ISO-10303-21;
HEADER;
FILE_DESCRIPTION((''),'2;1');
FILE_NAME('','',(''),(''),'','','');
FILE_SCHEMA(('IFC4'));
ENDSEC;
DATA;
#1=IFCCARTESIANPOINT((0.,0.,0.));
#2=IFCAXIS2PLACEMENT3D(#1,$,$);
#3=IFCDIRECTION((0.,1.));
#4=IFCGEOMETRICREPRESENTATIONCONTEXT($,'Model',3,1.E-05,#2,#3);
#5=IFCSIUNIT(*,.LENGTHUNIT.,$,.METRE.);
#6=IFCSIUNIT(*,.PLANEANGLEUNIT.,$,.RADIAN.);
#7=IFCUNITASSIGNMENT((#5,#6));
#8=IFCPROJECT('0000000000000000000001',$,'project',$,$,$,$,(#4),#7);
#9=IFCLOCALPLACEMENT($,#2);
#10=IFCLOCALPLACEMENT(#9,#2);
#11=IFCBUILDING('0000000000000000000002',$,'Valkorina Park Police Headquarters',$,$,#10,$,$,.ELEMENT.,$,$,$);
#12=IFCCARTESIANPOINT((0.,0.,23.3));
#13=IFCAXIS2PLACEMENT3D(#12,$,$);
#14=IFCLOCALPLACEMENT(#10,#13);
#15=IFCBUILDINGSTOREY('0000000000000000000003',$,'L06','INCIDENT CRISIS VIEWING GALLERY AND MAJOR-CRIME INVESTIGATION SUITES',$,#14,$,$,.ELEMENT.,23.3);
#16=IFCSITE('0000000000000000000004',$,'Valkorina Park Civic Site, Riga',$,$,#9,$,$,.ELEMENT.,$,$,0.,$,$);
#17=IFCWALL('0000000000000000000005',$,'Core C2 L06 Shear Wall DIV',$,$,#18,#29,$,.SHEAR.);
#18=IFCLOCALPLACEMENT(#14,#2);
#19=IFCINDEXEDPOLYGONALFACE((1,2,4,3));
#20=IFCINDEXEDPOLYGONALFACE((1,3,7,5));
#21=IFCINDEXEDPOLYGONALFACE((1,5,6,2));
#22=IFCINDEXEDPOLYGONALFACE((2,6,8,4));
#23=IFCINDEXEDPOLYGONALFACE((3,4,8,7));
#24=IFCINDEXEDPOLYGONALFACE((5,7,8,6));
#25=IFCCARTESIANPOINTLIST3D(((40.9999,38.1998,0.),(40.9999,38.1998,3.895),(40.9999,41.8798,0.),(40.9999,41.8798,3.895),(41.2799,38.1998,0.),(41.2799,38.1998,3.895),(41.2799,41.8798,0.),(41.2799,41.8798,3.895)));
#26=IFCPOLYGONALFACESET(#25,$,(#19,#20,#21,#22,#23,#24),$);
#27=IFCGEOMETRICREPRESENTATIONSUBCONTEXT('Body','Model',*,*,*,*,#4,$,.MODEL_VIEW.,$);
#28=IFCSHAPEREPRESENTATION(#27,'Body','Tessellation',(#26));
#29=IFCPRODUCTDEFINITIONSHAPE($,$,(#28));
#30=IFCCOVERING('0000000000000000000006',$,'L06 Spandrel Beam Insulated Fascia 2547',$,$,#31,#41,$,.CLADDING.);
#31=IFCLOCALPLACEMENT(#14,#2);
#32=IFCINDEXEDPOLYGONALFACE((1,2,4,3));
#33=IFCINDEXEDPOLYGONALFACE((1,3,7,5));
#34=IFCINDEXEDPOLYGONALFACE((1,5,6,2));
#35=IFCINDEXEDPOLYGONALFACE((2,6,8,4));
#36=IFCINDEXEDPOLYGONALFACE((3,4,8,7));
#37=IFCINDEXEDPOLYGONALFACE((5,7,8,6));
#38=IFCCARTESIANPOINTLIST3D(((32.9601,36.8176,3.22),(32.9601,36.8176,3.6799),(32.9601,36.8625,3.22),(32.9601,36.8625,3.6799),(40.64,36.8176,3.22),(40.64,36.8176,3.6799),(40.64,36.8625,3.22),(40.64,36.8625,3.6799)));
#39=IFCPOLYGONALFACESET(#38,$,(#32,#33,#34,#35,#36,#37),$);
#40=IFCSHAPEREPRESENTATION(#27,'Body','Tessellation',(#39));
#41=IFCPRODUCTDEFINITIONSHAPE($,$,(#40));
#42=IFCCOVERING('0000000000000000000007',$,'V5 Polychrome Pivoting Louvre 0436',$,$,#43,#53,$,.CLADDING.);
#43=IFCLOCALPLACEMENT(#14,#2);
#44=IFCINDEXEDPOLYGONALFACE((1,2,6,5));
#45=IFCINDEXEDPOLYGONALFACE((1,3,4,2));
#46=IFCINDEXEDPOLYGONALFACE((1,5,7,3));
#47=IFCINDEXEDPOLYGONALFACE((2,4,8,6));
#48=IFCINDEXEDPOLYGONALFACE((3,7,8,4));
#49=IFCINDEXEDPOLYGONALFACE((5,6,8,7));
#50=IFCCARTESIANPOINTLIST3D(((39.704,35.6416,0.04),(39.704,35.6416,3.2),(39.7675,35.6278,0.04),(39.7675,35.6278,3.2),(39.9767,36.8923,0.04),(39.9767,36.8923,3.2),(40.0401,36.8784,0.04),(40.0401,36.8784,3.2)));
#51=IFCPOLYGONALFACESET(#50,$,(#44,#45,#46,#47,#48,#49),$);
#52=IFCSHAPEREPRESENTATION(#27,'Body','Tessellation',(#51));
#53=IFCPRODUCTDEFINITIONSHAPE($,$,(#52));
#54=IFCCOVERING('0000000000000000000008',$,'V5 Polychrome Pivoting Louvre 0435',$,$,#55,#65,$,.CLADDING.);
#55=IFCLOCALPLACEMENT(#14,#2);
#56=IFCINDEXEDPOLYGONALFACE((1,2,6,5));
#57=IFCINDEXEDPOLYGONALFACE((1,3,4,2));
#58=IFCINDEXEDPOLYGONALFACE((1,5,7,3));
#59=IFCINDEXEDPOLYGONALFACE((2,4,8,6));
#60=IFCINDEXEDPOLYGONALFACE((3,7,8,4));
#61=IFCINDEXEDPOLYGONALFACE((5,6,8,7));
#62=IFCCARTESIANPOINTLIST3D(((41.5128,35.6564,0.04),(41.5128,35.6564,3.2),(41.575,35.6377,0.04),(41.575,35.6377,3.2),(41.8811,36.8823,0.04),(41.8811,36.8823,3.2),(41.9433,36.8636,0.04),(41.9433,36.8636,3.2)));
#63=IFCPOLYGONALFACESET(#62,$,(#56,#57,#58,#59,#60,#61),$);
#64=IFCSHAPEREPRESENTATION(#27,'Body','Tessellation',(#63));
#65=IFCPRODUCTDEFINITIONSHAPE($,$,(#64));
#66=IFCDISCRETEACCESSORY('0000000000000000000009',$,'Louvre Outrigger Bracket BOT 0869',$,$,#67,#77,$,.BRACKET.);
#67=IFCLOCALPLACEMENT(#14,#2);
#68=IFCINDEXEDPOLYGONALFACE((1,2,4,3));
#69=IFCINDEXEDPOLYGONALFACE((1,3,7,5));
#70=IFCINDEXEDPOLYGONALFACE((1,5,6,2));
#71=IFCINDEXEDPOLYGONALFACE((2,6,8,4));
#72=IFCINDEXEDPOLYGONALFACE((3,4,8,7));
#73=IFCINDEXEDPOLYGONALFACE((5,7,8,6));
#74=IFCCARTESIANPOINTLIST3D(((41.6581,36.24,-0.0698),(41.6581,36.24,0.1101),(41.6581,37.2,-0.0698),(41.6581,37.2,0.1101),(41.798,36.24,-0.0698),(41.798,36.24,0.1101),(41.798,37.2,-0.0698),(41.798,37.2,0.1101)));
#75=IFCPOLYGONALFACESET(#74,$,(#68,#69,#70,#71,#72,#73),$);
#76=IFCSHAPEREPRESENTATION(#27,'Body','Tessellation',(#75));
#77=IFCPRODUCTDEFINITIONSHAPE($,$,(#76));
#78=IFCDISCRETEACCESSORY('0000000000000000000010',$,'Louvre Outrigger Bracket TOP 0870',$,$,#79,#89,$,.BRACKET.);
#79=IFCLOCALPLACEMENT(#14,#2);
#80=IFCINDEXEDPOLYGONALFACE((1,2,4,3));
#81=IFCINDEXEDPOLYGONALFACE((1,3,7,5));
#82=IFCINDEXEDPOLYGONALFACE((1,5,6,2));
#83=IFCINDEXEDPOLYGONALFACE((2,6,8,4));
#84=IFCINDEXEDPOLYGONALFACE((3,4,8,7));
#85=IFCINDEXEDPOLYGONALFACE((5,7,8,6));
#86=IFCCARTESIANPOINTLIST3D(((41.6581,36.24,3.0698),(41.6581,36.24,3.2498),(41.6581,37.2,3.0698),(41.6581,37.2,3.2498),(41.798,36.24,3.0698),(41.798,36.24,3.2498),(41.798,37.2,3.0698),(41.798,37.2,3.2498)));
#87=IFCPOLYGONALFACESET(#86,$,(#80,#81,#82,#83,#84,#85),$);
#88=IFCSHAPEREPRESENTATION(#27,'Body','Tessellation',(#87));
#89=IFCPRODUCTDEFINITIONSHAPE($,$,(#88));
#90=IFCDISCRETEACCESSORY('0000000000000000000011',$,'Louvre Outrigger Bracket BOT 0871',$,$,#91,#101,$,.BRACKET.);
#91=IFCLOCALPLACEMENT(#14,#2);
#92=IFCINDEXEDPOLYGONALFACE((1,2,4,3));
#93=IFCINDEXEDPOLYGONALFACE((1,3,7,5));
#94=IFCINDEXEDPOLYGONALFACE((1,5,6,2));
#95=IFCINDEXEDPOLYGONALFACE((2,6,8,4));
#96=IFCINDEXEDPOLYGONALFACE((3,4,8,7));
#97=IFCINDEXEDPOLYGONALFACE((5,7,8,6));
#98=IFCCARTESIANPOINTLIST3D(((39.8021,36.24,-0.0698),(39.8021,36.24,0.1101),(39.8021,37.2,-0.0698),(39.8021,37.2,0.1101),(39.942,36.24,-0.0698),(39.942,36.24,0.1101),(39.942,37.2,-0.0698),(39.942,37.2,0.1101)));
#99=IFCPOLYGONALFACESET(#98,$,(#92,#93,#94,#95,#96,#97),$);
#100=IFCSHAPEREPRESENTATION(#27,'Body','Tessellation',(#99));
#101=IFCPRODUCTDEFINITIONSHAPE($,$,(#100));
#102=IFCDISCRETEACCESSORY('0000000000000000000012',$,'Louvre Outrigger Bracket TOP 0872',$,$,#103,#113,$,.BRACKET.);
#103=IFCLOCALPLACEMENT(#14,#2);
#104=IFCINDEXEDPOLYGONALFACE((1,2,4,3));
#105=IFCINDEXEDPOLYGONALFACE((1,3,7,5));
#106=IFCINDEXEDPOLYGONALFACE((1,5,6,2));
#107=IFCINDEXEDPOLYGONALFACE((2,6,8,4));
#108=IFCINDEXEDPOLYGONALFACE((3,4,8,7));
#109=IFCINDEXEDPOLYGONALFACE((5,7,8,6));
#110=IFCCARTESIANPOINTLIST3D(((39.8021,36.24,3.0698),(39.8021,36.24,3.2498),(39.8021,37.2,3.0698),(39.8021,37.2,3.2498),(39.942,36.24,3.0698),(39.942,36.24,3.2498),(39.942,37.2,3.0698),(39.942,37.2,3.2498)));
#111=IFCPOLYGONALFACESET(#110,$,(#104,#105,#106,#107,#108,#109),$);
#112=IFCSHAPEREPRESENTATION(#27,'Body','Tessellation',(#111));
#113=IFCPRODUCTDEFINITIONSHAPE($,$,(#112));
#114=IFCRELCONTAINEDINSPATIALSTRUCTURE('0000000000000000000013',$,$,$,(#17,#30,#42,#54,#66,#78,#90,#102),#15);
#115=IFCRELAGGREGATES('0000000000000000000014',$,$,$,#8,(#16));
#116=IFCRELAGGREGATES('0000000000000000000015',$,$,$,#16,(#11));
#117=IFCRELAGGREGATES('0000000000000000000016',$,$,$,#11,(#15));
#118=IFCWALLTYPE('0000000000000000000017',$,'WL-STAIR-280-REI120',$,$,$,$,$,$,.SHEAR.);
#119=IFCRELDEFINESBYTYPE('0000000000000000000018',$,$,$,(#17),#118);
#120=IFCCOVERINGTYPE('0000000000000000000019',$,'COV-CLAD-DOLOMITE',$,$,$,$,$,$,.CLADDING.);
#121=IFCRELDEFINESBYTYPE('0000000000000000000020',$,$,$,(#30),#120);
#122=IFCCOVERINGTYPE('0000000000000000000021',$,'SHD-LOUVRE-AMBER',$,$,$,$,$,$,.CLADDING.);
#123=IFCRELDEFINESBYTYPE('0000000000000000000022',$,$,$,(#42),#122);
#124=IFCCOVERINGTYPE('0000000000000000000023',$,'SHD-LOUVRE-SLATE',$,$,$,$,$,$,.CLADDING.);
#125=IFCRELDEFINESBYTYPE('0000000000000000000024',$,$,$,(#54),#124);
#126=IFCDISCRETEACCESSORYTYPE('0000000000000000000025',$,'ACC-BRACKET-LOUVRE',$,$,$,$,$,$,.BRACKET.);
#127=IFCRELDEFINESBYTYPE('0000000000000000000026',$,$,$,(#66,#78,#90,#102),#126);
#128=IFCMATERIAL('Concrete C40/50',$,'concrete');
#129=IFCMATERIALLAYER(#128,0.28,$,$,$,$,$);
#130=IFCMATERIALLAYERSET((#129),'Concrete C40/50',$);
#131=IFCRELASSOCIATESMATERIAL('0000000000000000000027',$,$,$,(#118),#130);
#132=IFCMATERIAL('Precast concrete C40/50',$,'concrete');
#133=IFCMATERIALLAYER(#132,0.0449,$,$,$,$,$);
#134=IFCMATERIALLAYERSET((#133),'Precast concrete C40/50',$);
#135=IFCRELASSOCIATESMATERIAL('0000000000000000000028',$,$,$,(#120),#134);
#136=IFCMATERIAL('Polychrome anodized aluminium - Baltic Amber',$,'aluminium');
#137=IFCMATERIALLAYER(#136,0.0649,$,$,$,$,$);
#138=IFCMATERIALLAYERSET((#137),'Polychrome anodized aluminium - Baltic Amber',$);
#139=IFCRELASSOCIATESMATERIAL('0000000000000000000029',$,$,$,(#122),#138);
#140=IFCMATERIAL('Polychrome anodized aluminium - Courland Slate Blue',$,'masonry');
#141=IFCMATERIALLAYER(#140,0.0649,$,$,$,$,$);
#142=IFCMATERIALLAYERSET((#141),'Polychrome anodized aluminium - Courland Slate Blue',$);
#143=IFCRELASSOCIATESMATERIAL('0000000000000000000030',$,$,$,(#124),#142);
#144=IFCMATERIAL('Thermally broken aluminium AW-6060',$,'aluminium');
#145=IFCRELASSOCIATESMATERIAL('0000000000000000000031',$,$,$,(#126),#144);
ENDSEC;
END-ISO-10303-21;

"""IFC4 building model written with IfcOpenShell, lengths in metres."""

from ifc_helpers import new_model, si_unit, direction, frame, frame_2d, origin, origin_2d, place, context, subcontext, project, spatial, rectangle, extrude, material, layer, layer_set, type_object, element, save


model = new_model("IFC4")

# Units and contexts
model_context = context("Model", 3, precision=1e-05, world=origin(), true_north=direction((0.0, 1.0)))
body_context = subcontext(model_context, "Body", "Model", "MODEL_VIEW")
ifc_project = project(units=[si_unit("LENGTHUNIT", "METRE"), si_unit("PLANEANGLEUNIT", "RADIAN")], contexts=[model_context])

# Site, building, storey
site_placement = place(None, origin())
site = spatial("IfcSite", under=ifc_project, at=site_placement, Name="Valkorina Park Civic Site, Riga", CompositionType="ELEMENT", RefElevation=0.0)
building_placement = place(site_placement, origin())
building = spatial("IfcBuilding", under=site, at=building_placement, Name="Valkorina Park Police Headquarters", CompositionType="ELEMENT")
storey_placement = place(building_placement, frame((0.0, 0.0, 23.3)))
storey = spatial("IfcBuildingStorey", under=building, at=storey_placement, Name="L06", Description="INCIDENT CRISIS VIEWING GALLERY AND MAJOR-CRIME INVESTIGATION SUITES", CompositionType="ELEMENT", Elevation=23.3)

# Shared definitions
ifc_material_1 = material(Name="Thermally broken aluminium AW-6060", Category="aluminium")

# Wall
ifc_material_2 = material(Name="Concrete C40/50", Category="concrete")
ifc_layer_1 = layer(ifc_material_2, 0.28)
ifc_layer_set_1 = layer_set([ifc_layer_1], Name="Concrete C40/50")
wall_type_1 = type_object("IfcWallType", Name="WL-STAIR-280-REI120", PredefinedType="SHEAR", material=ifc_layer_set_1)
wall_1_placement = place(storey_placement, frame((41.1399, 38.2, 0.0), z_axis=(0.0, 0.0, 1.0), x_axis=(0.0, 1.0, 0.0)))
element("IfcWall", 1, at=wall_1_placement, inside=storey, type_object=wall_type_1, Name="Core C2 L06 Shear Wall DIV", PredefinedType="SHEAR", context=body_context, shape_type="SweptSolid", body=[
    extrude(rectangle(XDim=3.6799, YDim=0.28, at=frame_2d((1.8398, 0.0))), origin(), (0.0, 0.0, 1.0), 3.895),
])

# Coverings
ifc_material_3 = material(Name="Precast concrete C40/50", Category="concrete")
ifc_layer_2 = layer(ifc_material_3, 0.0449)
ifc_layer_set_2 = layer_set([ifc_layer_2], Name="Precast concrete C40/50")
covering_type_1 = type_object("IfcCoveringType", Name="COV-CLAD-DOLOMITE", PredefinedType="CLADDING", material=ifc_layer_set_2)
covering_1_placement = place(storey_placement, frame((40.6399, 36.8401, 3.22), z_axis=(0.0, 0.0, 1.0), x_axis=(-1.0, 0.0, 0.0)))
element("IfcCovering", 2, at=covering_1_placement, inside=storey, type_object=covering_type_1, Name="L06 Spandrel Beam Insulated Fascia 2547", PredefinedType="CLADDING", context=body_context, shape_type="SweptSolid", body=[
    extrude(rectangle(XDim=7.6799, YDim=0.0449, at=frame_2d((3.8398, 0.0))), origin(), (0.0, 0.0, 1.0), 0.46),
])
ifc_material_4 = material(Name="Polychrome anodized aluminium - Baltic Amber", Category="aluminium")
ifc_layer_3 = layer(ifc_material_4, 0.0649)
ifc_layer_set_3 = layer_set([ifc_layer_3], Name="Polychrome anodized aluminium - Baltic Amber")
covering_type_2 = type_object("IfcCoveringType", Name="SHD-LOUVRE-AMBER", PredefinedType="CLADDING", material=ifc_layer_set_3)
covering_2_placement = place(storey_placement, frame((39.8721, 36.26, 0.04), z_axis=(0.0, 0.0, 1.0), x_axis=(-0.21303, -0.977046, 0.0)))
element("IfcCovering", 3, at=covering_2_placement, inside=storey, type_object=covering_type_2, Name="V5 Polychrome Pivoting Louvre 0436", PredefinedType="CLADDING", context=body_context, shape_type="SweptSolid", body=[
    extrude(rectangle(XDim=1.28, YDim=0.0649, at=origin_2d()), origin(), (0.0, 0.0, 1.0), 3.1599),
])
ifc_material_5 = material(Name="Polychrome anodized aluminium - Courland Slate Blue", Category="masonry")
ifc_layer_4 = layer(ifc_material_5, 0.0649)
ifc_layer_set_4 = layer_set([ifc_layer_4], Name="Polychrome anodized aluminium - Courland Slate Blue")
covering_type_3 = type_object("IfcCoveringType", Name="SHD-LOUVRE-SLATE", PredefinedType="CLADDING", material=ifc_layer_set_4)
covering_3_placement = place(storey_placement, frame((41.728, 36.26, 0.04), z_axis=(0.0, 0.0, 1.0), x_axis=(-0.287695, -0.957722, 0.0)))
element("IfcCovering", 4, at=covering_3_placement, inside=storey, type_object=covering_type_3, Name="V5 Polychrome Pivoting Louvre 0435", PredefinedType="CLADDING", context=body_context, shape_type="SweptSolid", body=[
    extrude(rectangle(XDim=1.28, YDim=0.0649, at=origin_2d()), origin(), (0.0, 0.0, 1.0), 3.1599),
])

# Discrete accessories
discrete_accessory_type = type_object("IfcDiscreteAccessoryType", Name="ACC-BRACKET-LOUVRE", PredefinedType="BRACKET", material=ifc_material_1)
for number, where, z_axis, x_axis, name in (
    (5, (41.728, 36.72, -0.0698), (0.0, 0.0, 1.0), (0.0, -1.0, 0.0), "Louvre Outrigger Bracket BOT 0869"),
    (6, (41.728, 36.72, 3.0698), (0.0, 0.0, 1.0), (0.0, -1.0, 0.0), "Louvre Outrigger Bracket TOP 0870"),
    (7, (39.8721, 36.72, -0.0698), (0.0, 0.0, 1.0), (0.0, -1.0, 0.0), "Louvre Outrigger Bracket BOT 0871"),
    (8, (39.8721, 36.72, 3.0698), (0.0, 0.0, 1.0), (0.0, -1.0, 0.0), "Louvre Outrigger Bracket TOP 0872"),
):
    element("IfcDiscreteAccessory", number, at=place(storey_placement, frame(where, z_axis=z_axis, x_axis=x_axis)), inside=storey, type_object=discrete_accessory_type, Name=name, PredefinedType="BRACKET", context=body_context, shape_type="SweptSolid", body=[
        extrude(rectangle(XDim=0.96, YDim=0.1399, at=origin_2d()), origin(), (0.0, 0.0, 1.0), 0.1799),
    ])

save(model, "model.ifc")
